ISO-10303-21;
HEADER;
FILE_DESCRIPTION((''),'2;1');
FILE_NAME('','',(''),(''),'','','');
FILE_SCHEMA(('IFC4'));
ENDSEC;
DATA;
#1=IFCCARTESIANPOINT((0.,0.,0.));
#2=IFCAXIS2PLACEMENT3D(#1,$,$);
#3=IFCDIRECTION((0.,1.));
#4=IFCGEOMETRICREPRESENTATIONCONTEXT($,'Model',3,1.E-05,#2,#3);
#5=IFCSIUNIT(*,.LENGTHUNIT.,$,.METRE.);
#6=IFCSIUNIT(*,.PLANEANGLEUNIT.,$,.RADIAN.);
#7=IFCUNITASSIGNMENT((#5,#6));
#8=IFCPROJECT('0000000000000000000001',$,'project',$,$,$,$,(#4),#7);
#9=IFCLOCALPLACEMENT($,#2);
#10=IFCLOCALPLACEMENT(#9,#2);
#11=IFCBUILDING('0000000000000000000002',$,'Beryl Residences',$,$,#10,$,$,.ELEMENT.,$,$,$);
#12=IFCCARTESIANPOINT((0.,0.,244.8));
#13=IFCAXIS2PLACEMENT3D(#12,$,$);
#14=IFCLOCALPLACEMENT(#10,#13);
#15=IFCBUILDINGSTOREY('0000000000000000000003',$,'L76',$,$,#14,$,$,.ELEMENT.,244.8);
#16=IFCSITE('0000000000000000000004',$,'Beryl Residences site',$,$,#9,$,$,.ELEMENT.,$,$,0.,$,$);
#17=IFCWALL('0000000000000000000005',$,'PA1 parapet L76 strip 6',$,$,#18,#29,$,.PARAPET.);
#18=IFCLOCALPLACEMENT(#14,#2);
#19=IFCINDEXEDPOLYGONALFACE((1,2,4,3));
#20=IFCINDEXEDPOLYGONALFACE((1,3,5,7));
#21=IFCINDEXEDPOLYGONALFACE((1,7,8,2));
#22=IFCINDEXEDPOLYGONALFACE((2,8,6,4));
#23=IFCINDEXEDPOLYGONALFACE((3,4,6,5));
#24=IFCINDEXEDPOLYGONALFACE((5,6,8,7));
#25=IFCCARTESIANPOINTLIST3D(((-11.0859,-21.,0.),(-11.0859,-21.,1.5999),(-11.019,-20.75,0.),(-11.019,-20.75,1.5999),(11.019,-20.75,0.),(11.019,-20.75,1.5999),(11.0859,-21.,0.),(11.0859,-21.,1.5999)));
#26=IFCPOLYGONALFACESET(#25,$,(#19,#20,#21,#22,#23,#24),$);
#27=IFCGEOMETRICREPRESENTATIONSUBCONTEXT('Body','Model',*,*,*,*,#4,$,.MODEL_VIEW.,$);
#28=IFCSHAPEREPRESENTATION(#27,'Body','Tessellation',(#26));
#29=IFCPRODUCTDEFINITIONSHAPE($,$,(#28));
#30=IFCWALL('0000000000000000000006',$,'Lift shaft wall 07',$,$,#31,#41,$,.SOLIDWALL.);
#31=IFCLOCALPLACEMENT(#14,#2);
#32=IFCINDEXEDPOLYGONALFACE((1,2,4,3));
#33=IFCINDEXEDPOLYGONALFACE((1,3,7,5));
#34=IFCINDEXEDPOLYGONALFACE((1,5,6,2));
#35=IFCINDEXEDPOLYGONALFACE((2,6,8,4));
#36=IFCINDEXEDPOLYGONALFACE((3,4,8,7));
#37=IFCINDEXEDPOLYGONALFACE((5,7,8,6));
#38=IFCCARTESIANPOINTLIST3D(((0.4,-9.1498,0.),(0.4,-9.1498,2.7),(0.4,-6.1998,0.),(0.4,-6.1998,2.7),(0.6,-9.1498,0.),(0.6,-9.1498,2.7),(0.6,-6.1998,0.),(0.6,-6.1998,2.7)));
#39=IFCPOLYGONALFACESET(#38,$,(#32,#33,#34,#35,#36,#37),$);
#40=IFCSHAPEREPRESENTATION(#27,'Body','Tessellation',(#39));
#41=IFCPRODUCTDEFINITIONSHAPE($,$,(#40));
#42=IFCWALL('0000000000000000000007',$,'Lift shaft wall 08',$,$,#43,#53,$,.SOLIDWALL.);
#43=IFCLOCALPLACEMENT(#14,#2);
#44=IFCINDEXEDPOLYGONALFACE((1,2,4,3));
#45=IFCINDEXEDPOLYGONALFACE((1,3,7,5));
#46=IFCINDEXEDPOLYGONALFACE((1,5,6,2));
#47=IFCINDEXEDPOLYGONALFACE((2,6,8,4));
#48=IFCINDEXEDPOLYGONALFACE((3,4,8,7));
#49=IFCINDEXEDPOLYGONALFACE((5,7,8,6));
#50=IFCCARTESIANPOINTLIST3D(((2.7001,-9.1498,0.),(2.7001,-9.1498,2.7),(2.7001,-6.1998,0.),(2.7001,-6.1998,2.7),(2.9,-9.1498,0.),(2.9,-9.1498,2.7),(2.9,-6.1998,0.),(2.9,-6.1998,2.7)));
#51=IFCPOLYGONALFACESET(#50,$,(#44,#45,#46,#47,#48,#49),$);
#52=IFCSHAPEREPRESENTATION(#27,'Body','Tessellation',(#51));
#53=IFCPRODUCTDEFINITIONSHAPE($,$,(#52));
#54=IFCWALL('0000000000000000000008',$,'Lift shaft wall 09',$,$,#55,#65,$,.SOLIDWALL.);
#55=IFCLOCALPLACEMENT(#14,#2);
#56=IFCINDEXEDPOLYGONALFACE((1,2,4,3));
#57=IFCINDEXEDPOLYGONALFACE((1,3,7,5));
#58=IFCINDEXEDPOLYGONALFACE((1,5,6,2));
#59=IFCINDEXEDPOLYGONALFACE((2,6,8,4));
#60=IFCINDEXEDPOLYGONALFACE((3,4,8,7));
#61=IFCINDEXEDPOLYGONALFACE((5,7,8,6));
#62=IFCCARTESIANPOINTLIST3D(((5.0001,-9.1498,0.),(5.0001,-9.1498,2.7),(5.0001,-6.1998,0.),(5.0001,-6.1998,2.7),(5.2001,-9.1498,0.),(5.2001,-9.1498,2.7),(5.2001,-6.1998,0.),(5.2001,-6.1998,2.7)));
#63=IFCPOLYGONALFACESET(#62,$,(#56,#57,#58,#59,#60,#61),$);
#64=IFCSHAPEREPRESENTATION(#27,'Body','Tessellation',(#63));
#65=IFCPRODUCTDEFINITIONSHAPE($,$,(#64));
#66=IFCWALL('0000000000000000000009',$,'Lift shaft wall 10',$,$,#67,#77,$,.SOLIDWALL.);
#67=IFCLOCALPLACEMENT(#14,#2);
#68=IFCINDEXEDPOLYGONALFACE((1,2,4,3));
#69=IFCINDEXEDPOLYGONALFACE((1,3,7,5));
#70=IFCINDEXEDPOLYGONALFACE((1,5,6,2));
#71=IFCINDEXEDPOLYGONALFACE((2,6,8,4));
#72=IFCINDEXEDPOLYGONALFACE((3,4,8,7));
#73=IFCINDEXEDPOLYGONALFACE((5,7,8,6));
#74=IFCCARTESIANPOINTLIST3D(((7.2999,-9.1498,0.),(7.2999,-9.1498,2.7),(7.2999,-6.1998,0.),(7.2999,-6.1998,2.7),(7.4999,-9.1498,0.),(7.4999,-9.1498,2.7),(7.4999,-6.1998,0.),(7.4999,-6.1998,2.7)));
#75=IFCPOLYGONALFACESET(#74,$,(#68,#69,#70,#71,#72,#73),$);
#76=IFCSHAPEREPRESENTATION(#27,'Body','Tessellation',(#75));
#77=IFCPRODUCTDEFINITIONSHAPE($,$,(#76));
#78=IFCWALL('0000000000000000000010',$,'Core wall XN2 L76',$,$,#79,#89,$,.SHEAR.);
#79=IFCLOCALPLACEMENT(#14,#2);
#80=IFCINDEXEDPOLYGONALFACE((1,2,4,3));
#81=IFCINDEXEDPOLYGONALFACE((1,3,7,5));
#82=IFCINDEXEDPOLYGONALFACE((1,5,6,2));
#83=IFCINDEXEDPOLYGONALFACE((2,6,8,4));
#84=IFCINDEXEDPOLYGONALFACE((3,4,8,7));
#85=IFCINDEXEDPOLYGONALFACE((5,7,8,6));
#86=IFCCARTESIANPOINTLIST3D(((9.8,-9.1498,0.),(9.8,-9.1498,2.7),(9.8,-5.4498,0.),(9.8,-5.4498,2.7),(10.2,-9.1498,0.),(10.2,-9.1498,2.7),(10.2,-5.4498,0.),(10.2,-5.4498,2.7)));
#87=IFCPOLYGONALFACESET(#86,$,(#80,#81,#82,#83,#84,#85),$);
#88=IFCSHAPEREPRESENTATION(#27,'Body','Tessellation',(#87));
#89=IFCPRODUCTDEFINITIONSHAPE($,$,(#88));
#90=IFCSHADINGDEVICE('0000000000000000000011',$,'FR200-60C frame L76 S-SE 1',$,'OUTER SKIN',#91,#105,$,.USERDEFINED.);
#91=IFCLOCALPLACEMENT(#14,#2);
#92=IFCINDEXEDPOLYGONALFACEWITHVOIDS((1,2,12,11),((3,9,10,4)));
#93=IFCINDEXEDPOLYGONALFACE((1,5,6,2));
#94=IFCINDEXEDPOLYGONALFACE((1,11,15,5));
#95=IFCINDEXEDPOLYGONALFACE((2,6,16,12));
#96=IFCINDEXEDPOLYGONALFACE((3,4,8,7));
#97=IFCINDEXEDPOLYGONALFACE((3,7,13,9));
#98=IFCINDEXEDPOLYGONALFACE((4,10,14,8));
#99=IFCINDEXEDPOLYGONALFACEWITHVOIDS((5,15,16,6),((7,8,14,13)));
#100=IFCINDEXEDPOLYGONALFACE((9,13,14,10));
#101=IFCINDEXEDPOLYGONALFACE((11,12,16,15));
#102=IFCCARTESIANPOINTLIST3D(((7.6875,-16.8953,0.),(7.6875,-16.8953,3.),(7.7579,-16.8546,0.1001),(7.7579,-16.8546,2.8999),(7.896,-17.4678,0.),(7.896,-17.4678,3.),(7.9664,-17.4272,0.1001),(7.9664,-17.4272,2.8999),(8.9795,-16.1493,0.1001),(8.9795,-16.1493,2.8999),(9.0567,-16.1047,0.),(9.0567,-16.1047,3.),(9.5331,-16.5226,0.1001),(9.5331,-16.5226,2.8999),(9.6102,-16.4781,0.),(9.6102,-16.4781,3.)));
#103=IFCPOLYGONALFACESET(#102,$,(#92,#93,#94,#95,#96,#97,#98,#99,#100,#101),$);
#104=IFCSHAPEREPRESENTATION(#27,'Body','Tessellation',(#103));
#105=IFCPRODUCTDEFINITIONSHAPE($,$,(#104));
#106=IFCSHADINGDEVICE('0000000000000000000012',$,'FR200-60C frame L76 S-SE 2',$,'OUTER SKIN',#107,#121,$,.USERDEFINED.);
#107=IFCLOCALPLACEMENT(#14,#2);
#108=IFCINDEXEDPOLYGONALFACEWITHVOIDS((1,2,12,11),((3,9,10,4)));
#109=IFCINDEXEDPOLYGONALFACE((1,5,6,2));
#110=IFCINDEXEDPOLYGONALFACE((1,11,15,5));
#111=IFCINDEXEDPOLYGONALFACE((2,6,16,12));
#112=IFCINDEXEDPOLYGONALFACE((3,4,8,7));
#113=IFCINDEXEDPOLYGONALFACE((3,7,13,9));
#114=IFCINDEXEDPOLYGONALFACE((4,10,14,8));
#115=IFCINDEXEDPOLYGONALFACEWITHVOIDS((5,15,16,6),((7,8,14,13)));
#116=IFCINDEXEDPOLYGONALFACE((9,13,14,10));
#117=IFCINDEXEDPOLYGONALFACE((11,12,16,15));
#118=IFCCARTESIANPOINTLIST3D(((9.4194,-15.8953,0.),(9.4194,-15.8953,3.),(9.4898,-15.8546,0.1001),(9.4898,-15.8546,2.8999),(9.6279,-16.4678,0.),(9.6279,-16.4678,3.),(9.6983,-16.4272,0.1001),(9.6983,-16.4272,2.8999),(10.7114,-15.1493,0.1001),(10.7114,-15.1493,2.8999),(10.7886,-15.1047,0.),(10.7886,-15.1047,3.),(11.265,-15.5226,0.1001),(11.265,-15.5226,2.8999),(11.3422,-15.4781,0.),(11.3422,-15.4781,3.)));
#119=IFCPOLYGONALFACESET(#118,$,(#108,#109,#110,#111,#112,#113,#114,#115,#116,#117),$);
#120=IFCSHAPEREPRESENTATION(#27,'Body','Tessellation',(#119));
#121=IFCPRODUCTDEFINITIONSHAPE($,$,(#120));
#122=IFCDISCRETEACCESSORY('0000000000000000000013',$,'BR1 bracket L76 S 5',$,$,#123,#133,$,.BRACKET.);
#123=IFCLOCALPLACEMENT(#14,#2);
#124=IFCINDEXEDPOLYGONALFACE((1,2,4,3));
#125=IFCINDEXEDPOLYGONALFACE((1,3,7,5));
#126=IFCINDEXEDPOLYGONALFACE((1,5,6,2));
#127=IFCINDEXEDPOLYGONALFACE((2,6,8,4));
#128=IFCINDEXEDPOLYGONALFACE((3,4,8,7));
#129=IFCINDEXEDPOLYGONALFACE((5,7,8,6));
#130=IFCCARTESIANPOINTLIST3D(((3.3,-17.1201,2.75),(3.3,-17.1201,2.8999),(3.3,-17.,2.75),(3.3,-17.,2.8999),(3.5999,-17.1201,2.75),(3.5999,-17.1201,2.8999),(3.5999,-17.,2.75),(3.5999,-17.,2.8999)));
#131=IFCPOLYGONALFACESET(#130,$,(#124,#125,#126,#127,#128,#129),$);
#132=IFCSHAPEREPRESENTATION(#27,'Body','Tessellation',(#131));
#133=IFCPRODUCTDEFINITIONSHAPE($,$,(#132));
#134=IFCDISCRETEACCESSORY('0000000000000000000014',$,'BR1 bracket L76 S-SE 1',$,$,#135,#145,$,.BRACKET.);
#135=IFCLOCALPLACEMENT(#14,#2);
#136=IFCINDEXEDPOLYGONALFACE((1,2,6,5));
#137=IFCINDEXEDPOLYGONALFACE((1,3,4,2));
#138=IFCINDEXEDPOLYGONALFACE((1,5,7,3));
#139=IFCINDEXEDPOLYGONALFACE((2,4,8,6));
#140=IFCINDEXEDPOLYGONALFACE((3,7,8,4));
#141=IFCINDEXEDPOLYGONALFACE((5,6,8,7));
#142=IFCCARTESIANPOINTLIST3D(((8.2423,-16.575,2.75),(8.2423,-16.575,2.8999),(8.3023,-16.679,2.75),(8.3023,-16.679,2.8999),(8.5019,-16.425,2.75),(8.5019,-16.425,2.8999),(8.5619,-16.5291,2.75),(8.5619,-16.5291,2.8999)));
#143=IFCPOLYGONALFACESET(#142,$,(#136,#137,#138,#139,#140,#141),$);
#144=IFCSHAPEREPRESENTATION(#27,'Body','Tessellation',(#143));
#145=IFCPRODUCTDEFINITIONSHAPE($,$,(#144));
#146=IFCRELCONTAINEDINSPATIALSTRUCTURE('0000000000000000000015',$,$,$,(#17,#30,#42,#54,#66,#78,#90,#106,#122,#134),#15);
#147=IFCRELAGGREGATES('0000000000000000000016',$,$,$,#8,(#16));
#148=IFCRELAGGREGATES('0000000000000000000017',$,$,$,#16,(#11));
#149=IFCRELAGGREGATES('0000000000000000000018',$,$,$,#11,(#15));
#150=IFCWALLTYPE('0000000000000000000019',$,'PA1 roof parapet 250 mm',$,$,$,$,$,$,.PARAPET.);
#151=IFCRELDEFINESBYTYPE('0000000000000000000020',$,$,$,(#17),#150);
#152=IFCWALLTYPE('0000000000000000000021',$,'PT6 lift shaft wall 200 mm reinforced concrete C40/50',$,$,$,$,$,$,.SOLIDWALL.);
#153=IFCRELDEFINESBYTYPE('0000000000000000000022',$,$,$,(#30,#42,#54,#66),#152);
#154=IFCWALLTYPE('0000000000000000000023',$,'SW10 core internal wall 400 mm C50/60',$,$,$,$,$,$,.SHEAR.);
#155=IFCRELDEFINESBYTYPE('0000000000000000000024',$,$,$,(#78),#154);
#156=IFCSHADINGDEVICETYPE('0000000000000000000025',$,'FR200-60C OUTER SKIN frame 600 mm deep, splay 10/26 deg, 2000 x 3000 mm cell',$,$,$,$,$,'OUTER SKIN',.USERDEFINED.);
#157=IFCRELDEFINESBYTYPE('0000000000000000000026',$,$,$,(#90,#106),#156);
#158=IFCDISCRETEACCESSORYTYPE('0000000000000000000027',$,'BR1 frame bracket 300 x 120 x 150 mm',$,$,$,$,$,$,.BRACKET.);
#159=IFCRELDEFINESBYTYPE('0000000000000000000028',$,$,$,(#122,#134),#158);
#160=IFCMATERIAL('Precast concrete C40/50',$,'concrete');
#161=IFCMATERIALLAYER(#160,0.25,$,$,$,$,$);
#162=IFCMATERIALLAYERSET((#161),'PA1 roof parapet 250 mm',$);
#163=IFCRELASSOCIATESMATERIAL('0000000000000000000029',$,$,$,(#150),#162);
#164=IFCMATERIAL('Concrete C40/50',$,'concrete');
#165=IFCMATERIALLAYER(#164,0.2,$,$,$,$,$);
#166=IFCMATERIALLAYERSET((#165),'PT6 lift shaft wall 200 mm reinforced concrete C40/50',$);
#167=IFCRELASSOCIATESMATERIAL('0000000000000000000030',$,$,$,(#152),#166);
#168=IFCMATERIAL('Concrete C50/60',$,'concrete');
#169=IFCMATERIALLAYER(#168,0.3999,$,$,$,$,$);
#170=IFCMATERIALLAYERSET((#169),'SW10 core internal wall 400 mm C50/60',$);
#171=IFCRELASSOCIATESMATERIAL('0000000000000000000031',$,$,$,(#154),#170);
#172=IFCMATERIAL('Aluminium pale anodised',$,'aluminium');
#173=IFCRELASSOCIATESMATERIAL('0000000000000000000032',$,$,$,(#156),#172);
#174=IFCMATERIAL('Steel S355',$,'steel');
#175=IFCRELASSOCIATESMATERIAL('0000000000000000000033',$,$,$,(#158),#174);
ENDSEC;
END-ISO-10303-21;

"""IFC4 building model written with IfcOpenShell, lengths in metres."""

from ifc_helpers import new_model, entity, si_unit, direction, frame, frame_2d, origin, place, context, subcontext, project, spatial, polyline, rectangle, outline, extrude, source, transform, mapped, material, layer, layer_set, type_object, type_shapes, element, save


model = new_model("IFC4")

# Units and contexts
model_context = context("Model", 3, precision=1e-05, world=origin(), true_north=direction((0.0, 1.0)))
body_context = subcontext(model_context, "Body", "Model", "MODEL_VIEW")
ifc_project = project(units=[si_unit("LENGTHUNIT", "METRE"), si_unit("PLANEANGLEUNIT", "RADIAN")], contexts=[model_context])

# Site, building, storey
site_placement = place(None, origin())
site = spatial("IfcSite", under=ifc_project, at=site_placement, Name="Beryl Residences site", CompositionType="ELEMENT", RefElevation=0.0)
building_placement = place(site_placement, origin())
building = spatial("IfcBuilding", under=site, at=building_placement, Name="Beryl Residences", CompositionType="ELEMENT")
storey_placement = place(building_placement, frame((0.0, 0.0, 244.8)))
storey = spatial("IfcBuildingStorey", under=building, at=storey_placement, Name="L76", CompositionType="ELEMENT", Elevation=244.8)

# Walls
ifc_material_1 = material(Name="Precast concrete C40/50", Category="concrete")
ifc_layer_1 = layer(ifc_material_1, 0.25)
ifc_layer_set_1 = layer_set([ifc_layer_1], Name="PA1 roof parapet 250 mm")
wall_type_1 = type_object("IfcWallType", Name="PA1 roof parapet 250 mm", PredefinedType="PARAPET", material=ifc_layer_set_1)
wall_1_placement = place(storey_placement, frame((11.0859, -20.875, 0.0), z_axis=(0.0, 0.0, 1.0), x_axis=(-1.0, 0.0, 0.0)))
element("IfcWall", 1, at=wall_1_placement, inside=storey, type_object=wall_type_1, Name="PA1 parapet L76 strip 6", PredefinedType="PARAPET", context=body_context, shape_type="SweptSolid", body=[
    extrude(outline(polyline([(0.0669, -0.125), (22.105, -0.125), (22.1719, 0.125), (0.0, 0.125), (0.0669, -0.125)])), origin(), (0.0, 0.0, 1.0), 1.5999),
])
ifc_material_2 = material(Name="Concrete C40/50", Category="concrete")
ifc_layer_2 = layer(ifc_material_2, 0.2)
ifc_layer_set_2 = layer_set([ifc_layer_2], Name="PT6 lift shaft wall 200 mm reinforced concrete C40/50")
wall_type_2 = type_object("IfcWallType", Name="PT6 lift shaft wall 200 mm reinforced concrete C40/50", PredefinedType="SOLIDWALL", material=ifc_layer_set_2)
for number, where, z_axis, x_axis, name in (
    (2, (0.5, -9.1499, 0.0), (0.0, 0.0, 1.0), (0.0, 1.0, 0.0), "Lift shaft wall 07"),
    (3, (2.8, -9.1499, 0.0), (0.0, 0.0, 1.0), (0.0, 1.0, 0.0), "Lift shaft wall 08"),
    (4, (5.1001, -9.1499, 0.0), (0.0, 0.0, 1.0), (0.0, 1.0, 0.0), "Lift shaft wall 09"),
    (5, (7.3999, -9.1499, 0.0), (0.0, 0.0, 1.0), (0.0, 1.0, 0.0), "Lift shaft wall 10"),
):
    element("IfcWall", number, at=place(storey_placement, frame(where, z_axis=z_axis, x_axis=x_axis)), inside=storey, type_object=wall_type_2, Name=name, PredefinedType="SOLIDWALL", context=body_context, shape_type="SweptSolid", body=[
        extrude(rectangle(XDim=2.95, YDim=0.2, at=frame_2d((1.4751, 0.0))), origin(), (0.0, 0.0, 1.0), 2.7),
    ])
ifc_material_3 = material(Name="Concrete C50/60", Category="concrete")
ifc_layer_3 = layer(ifc_material_3, 0.3999)
ifc_layer_set_3 = layer_set([ifc_layer_3], Name="SW10 core internal wall 400 mm C50/60")
wall_type_3 = type_object("IfcWallType", Name="SW10 core internal wall 400 mm C50/60", PredefinedType="SHEAR", material=ifc_layer_set_3)
wall_2_placement = place(storey_placement, frame((10.0, -9.1499, 0.0), z_axis=(0.0, 0.0, 1.0), x_axis=(0.0, 1.0, 0.0)))
element("IfcWall", 6, at=wall_2_placement, inside=storey, type_object=wall_type_3, Name="Core wall XN2 L76", PredefinedType="SHEAR", context=body_context, shape_type="SweptSolid", body=[
    extrude(rectangle(XDim=3.7, YDim=0.3999, at=frame_2d((1.8501, 0.0))), origin(), (0.0, 0.0, 1.0), 2.7),
])

# Shading devices
ifc_material_4 = material(Name="Aluminium pale anodised", Category="aluminium")
shading_device_type_1 = type_object("IfcShadingDeviceType", Name="FR200-60C OUTER SKIN frame 600 mm deep, splay 10/26 deg, 2000 x 3000 mm cell", ElementType="OUTER SKIN", PredefinedType="USERDEFINED", material=ifc_material_4)
cartesian_point_1 = entity("IfcCartesianPoint", [-0.7905, 0.0])
cartesian_point_2 = entity("IfcCartesianPoint", [-0.7092, 0.1001])
cartesian_point_3 = entity("IfcCartesianPoint", [-0.8962, 0.0])
cartesian_point_4 = entity("IfcCartesianPoint", [-0.8149, 0.1001])
shared_shape_1 = source(origin(), body_context, "Body", "SweptSolid", [
    entity("IfcExtrudedAreaSolidTapered", entity("IfcArbitraryProfileDefWithVoids", "AREA", None, entity("IfcPolyline", [cartesian_point_1, entity("IfcCartesianPoint", [0.7905, 0.0]), entity("IfcCartesianPoint", [0.7905, 3.0]), entity("IfcCartesianPoint", [-0.7905, 3.0]), cartesian_point_1]), [entity("IfcPolyline", [cartesian_point_2, entity("IfcCartesianPoint", [0.7014, 0.1001]), entity("IfcCartesianPoint", [0.7014, 2.8999]), entity("IfcCartesianPoint", [-0.7092, 2.8999]), cartesian_point_2])]), entity("IfcAxis2Placement3D", entity("IfcCartesianPoint", [0.0, 0.0, 0.0]), entity("IfcDirection", [0.0, 1.0, 0.0]), entity("IfcDirection", [-1.0, 0.0, 0.0])), entity("IfcDirection", [0.0, 0.0, 1.0]), 0.6001, entity("IfcArbitraryProfileDefWithVoids", "AREA", None, entity("IfcPolyline", [cartesian_point_3, entity("IfcCartesianPoint", [1.0833, 0.0]), entity("IfcCartesianPoint", [1.0833, 3.0]), entity("IfcCartesianPoint", [-0.8962, 3.0]), cartesian_point_3]), [entity("IfcPolyline", [cartesian_point_4, entity("IfcCartesianPoint", [0.9941, 0.1001]), entity("IfcCartesianPoint", [0.9941, 2.8999]), entity("IfcCartesianPoint", [-0.8149, 2.8999]), cartesian_point_4])])),
])
type_shapes(shading_device_type_1, [shared_shape_1])
for number, where, z_axis, x_axis, name in (
    (7, (8.3721, -16.5, 0.0), (0.0, 0.0, 1.0), (-0.866025, -0.5, 0.0), "FR200-60C frame L76 S-SE 1"),
    (8, (10.104, -15.5, 0.0), (0.0, 0.0, 1.0), (-0.866025, -0.5, 0.0), "FR200-60C frame L76 S-SE 2"),
):
    element("IfcShadingDevice", number, at=place(storey_placement, frame(where, z_axis=z_axis, x_axis=x_axis)), inside=storey, type_object=shading_device_type_1, Name=name, ObjectType="OUTER SKIN", PredefinedType="USERDEFINED", context=body_context, shape_type="MappedRepresentation", body=[
        mapped(shared_shape_1, transform((0.0, 0.0, 0.0))),
    ])

# Discrete accessories
ifc_material_5 = material(Name="Steel S355", Category="steel")
discrete_accessory_type = type_object("IfcDiscreteAccessoryType", Name="BR1 frame bracket 300 x 120 x 150 mm", PredefinedType="BRACKET", material=ifc_material_5)
shared_shape_2 = source(origin(), body_context, "Body", "SweptSolid", [
    extrude(outline(polyline([(-0.1499, 0.0), (0.1499, 0.0), (0.1499, 0.1201), (-0.1499, 0.1201), (-0.1499, 0.0)])), origin(), (0.0, 0.0, 1.0), 0.1499),
])
type_shapes(discrete_accessory_type, [shared_shape_2])
for number, where, z_axis, x_axis, name in (
    (9, (3.45, -17.0, 2.75), (0.0, 0.0, 1.0), (-1.0, 0.0, 0.0), "BR1 bracket L76 S 5"),
    (10, (8.3721, -16.5, 2.75), (0.0, 0.0, 1.0), (-0.866025, -0.5, 0.0), "BR1 bracket L76 S-SE 1"),
):
    element("IfcDiscreteAccessory", number, at=place(storey_placement, frame(where, z_axis=z_axis, x_axis=x_axis)), inside=storey, type_object=discrete_accessory_type, Name=name, PredefinedType="BRACKET", context=body_context, shape_type="MappedRepresentation", body=[
        mapped(shared_shape_2, transform((0.0, 0.0, 0.0))),
    ])

save(model, "model.ifc")
